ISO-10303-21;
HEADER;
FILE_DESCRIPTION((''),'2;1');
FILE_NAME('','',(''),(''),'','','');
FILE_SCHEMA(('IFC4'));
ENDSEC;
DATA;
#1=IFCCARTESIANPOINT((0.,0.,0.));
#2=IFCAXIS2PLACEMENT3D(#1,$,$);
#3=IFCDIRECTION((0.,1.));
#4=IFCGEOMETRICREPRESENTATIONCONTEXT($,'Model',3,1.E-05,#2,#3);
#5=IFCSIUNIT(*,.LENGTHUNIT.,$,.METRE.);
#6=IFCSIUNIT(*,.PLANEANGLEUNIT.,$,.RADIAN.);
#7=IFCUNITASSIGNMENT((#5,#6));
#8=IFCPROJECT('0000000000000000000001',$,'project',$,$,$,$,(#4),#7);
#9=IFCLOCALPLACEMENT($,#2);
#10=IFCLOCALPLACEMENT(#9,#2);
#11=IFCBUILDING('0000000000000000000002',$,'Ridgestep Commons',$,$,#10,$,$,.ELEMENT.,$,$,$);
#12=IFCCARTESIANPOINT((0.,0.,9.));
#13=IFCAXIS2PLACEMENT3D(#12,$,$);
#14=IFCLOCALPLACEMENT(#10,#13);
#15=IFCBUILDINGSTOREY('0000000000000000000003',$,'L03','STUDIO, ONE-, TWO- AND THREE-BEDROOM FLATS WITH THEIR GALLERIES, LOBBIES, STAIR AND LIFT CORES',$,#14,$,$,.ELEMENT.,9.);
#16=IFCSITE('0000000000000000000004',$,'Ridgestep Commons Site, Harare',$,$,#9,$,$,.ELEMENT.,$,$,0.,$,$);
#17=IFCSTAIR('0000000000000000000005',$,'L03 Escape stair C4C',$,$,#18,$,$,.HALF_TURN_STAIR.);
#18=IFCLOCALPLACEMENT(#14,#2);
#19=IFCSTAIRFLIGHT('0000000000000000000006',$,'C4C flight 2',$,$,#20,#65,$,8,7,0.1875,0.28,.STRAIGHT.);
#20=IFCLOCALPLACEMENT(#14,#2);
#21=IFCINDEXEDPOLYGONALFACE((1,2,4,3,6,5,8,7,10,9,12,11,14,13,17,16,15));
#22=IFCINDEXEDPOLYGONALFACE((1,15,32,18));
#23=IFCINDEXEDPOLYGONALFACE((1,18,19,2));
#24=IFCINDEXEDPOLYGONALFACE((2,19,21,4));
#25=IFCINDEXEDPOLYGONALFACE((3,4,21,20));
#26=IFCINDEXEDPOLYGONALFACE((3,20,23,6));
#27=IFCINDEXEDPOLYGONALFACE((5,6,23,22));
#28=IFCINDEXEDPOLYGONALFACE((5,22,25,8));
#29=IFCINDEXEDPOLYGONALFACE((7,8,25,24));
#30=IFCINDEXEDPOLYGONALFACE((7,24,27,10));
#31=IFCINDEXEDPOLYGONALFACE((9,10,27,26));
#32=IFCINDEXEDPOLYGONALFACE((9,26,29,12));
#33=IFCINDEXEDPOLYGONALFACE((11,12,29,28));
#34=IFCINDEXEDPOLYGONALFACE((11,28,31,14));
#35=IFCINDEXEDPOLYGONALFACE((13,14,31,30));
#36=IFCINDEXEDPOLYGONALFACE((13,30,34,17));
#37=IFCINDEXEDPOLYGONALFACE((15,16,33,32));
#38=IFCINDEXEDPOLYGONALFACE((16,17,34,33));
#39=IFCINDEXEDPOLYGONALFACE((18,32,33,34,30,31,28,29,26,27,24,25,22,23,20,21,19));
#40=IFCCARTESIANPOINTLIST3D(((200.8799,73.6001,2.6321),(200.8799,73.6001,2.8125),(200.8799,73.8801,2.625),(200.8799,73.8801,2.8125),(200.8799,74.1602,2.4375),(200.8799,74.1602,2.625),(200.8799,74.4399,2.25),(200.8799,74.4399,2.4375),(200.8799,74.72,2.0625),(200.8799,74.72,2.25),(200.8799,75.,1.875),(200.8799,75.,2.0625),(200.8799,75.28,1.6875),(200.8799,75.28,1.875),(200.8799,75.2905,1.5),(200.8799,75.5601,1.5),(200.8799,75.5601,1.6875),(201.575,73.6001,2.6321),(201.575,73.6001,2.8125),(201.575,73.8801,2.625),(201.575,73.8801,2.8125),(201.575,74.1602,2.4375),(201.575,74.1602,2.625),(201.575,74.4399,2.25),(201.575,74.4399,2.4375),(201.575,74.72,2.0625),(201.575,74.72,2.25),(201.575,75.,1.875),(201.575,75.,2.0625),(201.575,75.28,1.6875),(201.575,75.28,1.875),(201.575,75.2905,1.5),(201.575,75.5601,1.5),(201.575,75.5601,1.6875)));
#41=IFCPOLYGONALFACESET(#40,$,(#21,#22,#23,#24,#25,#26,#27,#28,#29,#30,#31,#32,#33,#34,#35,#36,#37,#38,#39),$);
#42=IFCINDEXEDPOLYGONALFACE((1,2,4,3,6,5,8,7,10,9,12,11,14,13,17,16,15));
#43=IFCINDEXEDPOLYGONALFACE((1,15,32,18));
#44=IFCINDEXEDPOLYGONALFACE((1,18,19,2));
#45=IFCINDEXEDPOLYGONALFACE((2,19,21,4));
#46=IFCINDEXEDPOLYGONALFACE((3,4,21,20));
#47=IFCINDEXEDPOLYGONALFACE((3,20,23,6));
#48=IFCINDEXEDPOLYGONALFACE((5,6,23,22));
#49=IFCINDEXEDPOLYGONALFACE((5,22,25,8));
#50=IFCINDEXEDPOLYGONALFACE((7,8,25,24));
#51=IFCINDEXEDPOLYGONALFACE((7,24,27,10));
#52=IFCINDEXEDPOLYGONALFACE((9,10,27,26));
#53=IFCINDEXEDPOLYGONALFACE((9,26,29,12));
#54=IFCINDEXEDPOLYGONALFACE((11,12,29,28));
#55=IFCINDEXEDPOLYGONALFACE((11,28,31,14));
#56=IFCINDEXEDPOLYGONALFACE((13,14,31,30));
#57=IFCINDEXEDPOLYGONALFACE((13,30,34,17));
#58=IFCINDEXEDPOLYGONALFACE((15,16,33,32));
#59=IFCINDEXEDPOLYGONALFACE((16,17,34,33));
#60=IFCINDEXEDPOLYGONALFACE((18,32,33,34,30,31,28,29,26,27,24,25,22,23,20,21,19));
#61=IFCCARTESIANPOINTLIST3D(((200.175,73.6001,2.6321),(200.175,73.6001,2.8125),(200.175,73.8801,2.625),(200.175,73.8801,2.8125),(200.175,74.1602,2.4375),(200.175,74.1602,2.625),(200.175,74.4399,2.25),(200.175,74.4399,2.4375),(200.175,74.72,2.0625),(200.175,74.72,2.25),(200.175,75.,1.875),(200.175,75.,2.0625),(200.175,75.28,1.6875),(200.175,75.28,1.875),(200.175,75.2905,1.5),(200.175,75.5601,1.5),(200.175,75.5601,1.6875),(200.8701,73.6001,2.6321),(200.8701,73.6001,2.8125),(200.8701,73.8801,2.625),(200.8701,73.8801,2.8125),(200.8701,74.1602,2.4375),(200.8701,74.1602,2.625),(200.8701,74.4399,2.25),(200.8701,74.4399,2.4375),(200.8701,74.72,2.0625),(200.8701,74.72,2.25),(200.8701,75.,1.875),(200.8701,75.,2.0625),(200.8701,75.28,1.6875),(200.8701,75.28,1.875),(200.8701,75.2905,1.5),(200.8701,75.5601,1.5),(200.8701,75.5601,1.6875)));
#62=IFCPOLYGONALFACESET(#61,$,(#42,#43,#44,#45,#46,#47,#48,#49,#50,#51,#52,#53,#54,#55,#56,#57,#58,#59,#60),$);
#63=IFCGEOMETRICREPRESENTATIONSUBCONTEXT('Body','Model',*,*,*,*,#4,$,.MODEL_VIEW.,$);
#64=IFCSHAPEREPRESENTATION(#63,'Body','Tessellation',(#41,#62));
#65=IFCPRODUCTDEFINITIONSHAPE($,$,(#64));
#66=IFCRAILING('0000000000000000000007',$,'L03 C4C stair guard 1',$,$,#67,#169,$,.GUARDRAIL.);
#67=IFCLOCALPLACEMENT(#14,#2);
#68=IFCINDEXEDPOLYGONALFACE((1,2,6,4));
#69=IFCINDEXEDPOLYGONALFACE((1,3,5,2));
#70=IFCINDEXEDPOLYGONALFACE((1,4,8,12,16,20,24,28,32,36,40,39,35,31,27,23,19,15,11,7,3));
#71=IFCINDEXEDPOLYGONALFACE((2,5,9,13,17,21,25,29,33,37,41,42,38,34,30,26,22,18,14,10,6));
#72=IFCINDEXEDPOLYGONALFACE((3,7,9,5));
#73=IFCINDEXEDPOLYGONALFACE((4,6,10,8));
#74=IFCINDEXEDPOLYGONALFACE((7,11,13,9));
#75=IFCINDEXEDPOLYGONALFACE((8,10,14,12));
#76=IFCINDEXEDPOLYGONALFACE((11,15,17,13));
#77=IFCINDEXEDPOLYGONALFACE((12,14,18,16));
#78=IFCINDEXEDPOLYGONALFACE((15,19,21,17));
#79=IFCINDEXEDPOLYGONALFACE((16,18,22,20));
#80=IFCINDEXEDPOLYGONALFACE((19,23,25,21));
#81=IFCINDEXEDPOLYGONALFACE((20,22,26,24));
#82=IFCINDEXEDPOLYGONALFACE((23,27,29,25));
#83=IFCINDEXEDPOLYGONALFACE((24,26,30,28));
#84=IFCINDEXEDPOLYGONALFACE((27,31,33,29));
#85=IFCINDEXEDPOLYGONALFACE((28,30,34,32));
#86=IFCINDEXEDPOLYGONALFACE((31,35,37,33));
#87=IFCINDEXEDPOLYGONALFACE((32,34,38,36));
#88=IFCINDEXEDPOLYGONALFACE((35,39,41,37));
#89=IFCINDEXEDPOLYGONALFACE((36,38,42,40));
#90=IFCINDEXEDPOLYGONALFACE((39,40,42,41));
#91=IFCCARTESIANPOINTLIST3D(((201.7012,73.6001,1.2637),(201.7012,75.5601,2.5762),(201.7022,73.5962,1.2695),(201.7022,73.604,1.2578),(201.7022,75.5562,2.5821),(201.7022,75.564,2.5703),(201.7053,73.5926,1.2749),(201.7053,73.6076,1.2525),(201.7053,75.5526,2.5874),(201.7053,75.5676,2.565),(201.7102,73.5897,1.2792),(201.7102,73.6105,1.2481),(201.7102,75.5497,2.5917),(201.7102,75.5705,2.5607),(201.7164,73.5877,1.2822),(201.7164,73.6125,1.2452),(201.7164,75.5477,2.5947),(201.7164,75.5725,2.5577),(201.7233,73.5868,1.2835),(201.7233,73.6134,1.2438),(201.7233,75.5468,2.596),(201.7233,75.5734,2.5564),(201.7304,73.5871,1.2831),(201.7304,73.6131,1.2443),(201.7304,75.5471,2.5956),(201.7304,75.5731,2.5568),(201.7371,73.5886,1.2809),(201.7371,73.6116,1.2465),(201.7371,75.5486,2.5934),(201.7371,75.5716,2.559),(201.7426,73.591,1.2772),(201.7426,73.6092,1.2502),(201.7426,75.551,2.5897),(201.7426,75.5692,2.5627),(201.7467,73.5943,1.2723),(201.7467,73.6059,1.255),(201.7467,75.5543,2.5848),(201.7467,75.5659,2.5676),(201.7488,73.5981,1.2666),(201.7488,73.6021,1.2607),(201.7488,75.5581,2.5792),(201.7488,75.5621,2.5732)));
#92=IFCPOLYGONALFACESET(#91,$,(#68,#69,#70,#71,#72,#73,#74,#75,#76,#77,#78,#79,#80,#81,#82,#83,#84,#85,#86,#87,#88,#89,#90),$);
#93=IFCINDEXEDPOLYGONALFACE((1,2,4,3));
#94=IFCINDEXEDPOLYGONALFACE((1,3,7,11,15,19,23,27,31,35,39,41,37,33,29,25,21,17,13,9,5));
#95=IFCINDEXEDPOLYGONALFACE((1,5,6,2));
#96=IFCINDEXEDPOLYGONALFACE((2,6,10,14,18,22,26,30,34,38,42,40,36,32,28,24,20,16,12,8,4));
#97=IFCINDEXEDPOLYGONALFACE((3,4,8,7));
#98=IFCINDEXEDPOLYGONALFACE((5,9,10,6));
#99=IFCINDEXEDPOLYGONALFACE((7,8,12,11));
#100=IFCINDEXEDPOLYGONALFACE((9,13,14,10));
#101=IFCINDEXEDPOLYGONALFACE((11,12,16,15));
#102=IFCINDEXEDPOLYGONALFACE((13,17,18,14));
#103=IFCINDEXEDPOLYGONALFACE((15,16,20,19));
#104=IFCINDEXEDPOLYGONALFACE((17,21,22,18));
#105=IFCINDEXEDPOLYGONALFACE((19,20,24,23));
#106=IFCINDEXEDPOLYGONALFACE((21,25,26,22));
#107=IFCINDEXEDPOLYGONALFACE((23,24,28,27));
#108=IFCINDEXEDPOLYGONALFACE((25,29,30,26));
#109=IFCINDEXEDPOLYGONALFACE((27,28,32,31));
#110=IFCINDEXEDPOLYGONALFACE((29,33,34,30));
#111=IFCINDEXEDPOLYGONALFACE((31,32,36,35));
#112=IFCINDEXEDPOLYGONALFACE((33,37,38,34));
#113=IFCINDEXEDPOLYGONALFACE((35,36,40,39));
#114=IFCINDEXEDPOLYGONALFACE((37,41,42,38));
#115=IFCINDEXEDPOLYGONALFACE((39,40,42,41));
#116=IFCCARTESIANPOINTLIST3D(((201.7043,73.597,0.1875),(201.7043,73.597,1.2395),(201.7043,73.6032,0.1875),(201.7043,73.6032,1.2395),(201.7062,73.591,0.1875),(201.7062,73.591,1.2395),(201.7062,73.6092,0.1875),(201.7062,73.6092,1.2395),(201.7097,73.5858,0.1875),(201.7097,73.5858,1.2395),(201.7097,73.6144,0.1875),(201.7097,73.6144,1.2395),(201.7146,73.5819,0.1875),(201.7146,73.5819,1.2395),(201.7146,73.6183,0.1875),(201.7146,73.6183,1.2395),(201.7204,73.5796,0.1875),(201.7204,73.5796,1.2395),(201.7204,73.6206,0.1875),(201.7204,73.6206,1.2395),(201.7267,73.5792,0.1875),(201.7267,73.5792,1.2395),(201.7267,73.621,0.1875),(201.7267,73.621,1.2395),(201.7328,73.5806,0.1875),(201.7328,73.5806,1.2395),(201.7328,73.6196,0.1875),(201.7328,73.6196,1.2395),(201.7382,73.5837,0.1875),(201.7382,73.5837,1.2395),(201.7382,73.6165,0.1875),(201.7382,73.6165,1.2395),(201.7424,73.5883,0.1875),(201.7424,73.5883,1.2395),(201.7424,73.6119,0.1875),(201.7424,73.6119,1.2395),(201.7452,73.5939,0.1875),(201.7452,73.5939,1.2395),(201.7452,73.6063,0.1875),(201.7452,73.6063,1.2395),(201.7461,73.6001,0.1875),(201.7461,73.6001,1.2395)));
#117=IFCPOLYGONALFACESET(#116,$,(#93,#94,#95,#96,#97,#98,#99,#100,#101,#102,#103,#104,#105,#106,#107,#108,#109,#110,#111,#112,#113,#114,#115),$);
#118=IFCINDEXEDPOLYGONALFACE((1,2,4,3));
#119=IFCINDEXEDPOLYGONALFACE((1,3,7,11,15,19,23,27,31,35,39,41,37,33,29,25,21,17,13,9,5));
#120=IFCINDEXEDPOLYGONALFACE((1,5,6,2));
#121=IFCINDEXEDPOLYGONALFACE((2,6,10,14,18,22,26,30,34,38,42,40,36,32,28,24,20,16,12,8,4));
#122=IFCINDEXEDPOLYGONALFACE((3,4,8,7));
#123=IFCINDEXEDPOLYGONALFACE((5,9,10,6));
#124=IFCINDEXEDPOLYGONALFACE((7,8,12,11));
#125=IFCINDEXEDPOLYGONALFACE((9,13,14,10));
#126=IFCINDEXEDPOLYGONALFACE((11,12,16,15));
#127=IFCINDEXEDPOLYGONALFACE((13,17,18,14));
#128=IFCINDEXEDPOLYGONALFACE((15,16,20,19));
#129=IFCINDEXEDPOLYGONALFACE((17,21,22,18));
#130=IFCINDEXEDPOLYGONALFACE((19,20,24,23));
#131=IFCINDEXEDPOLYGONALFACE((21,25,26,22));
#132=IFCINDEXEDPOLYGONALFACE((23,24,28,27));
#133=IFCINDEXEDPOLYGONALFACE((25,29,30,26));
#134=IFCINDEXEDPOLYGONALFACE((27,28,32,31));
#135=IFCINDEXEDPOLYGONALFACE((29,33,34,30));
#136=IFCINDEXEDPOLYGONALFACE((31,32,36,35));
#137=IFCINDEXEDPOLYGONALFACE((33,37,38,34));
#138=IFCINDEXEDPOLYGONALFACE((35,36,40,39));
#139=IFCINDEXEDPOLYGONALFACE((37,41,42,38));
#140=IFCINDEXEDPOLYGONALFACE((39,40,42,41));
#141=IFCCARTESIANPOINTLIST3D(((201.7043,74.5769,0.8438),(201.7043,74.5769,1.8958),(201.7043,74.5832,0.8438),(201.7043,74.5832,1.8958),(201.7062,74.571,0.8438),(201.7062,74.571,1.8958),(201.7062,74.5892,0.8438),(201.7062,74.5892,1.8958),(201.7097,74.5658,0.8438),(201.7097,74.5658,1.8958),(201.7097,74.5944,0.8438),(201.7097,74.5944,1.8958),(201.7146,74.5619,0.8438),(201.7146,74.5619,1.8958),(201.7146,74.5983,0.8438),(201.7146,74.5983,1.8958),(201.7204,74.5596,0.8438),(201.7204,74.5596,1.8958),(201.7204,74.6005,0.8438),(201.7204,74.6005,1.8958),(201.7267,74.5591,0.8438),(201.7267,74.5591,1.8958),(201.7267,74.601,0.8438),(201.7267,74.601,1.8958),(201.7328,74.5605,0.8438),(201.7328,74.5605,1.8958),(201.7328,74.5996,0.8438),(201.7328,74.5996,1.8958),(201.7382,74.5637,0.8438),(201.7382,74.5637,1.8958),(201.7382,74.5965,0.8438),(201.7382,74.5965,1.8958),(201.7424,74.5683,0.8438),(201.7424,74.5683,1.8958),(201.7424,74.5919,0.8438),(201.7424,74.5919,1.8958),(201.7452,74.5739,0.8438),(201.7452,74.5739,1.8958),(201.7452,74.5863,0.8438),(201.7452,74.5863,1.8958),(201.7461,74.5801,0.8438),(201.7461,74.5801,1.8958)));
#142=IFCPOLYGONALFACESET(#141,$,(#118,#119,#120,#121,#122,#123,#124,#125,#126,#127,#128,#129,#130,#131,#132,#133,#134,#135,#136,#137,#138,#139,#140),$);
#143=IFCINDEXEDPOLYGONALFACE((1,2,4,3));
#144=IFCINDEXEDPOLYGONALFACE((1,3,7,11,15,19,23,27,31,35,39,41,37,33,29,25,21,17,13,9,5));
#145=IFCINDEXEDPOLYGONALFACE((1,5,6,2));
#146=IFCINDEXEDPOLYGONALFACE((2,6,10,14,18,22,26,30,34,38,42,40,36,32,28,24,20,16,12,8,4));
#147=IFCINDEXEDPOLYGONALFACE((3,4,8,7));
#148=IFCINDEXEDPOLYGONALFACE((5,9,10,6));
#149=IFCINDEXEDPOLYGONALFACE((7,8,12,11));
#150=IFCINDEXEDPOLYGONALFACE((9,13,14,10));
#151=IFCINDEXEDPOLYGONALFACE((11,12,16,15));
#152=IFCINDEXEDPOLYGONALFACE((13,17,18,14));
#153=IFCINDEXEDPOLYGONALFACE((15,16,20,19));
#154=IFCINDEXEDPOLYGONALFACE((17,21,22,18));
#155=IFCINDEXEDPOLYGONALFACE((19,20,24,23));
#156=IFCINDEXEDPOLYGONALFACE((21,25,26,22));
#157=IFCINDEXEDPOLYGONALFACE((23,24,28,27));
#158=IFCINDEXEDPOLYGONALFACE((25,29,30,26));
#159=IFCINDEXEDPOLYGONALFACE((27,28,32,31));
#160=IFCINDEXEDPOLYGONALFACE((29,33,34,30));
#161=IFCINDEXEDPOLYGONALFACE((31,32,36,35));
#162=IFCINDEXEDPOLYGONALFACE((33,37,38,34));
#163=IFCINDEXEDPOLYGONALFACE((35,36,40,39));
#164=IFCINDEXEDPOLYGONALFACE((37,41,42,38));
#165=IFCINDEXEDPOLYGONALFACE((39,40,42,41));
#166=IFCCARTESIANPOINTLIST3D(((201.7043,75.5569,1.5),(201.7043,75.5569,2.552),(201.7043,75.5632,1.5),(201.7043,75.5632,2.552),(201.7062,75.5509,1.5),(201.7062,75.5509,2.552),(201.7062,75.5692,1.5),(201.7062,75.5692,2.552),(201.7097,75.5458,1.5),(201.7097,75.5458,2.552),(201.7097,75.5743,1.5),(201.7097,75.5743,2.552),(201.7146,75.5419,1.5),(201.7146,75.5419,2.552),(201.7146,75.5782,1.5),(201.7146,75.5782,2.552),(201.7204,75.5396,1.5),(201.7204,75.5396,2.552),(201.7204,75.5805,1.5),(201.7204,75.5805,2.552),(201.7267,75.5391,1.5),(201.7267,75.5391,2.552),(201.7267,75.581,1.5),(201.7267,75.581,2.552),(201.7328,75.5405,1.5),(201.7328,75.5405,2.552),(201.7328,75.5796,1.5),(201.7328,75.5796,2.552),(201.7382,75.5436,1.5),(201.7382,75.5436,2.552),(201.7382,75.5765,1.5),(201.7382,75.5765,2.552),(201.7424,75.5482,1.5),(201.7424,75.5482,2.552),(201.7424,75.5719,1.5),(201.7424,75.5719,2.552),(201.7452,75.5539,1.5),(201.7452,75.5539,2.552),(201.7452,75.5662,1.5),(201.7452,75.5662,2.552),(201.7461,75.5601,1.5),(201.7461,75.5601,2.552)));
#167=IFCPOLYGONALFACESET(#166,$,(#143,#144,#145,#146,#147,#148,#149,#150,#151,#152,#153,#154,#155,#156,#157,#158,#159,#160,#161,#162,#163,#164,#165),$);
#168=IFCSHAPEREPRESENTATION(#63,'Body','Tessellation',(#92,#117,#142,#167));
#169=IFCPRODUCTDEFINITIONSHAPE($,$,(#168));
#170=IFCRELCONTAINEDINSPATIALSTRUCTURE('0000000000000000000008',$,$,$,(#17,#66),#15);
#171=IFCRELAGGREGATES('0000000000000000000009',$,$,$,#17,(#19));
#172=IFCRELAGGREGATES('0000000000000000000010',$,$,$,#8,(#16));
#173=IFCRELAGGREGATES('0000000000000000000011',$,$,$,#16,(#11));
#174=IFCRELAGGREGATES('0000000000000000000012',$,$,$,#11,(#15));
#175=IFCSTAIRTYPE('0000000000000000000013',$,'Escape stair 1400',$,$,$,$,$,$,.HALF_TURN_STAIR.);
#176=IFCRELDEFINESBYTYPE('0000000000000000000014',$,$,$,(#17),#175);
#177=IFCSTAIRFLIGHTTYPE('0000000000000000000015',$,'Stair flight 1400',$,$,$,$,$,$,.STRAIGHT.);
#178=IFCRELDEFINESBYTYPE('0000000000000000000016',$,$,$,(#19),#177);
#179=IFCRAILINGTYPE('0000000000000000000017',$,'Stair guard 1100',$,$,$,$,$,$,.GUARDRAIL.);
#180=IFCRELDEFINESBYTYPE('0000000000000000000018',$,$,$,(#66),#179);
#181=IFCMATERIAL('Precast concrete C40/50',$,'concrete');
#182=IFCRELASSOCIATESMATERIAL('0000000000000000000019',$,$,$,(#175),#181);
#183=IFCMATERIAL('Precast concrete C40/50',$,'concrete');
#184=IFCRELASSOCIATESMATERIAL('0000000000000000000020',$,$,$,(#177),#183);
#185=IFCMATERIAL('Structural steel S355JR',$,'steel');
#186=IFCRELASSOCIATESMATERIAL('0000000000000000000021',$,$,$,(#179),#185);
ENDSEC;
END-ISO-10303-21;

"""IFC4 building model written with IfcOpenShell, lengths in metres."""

from ifc_helpers import new_model, si_unit, direction, frame, origin, origin_2d, place, context, subcontext, project, spatial, polyline, circle, outline, extrude, material, type_object, element, aggregate, save


model = new_model("IFC4")

# Units and contexts
model_context = context("Model", 3, precision=1e-05, world=origin(), true_north=direction((0.0, 1.0)))
body_context = subcontext(model_context, "Body", "Model", "MODEL_VIEW")
ifc_project = project(units=[si_unit("LENGTHUNIT", "METRE"), si_unit("PLANEANGLEUNIT", "RADIAN")], contexts=[model_context])

# Site, building, storey
site_placement = place(None, origin())
site = spatial("IfcSite", under=ifc_project, at=site_placement, Name="Ridgestep Commons Site, Harare", CompositionType="ELEMENT", RefElevation=0.0)
building_placement = place(site_placement, origin())
building = spatial("IfcBuilding", under=site, at=building_placement, Name="Ridgestep Commons", CompositionType="ELEMENT")
storey_placement = place(building_placement, frame((0.0, 0.0, 9.0)))
storey = spatial("IfcBuildingStorey", under=building, at=storey_placement, Name="L03", Description="STUDIO, ONE-, TWO- AND THREE-BEDROOM FLATS WITH THEIR GALLERIES, LOBBIES, STAIR AND LIFT CORES", CompositionType="ELEMENT", Elevation=9.0)

# Stair, stair flight
ifc_material_1 = material(Name="Precast concrete C40/50", Category="concrete")
stair_type = type_object("IfcStairType", Name="Escape stair 1400", PredefinedType="HALF_TURN_STAIR", material=ifc_material_1)
stair_placement = place(storey_placement, origin())
stair = element("IfcStair", 1, at=stair_placement, inside=storey, type_object=stair_type, Name="L03 Escape stair C4C", PredefinedType="HALF_TURN_STAIR")
ifc_material_2 = material(Name="Precast concrete C40/50", Category="concrete")
stair_flight_type = type_object("IfcStairFlightType", Name="Stair flight 1400", PredefinedType="STRAIGHT", material=ifc_material_2)
stair_flight_1_placement = place(storey_placement, frame((200.875, 75.5601, 1.5), z_axis=(0.0, 0.0, 1.0), x_axis=(0.0, -1.0, 0.0)))
stair_flight_1 = element("IfcStairFlight", 2, at=stair_flight_1_placement, type_object=stair_flight_type, Name="C4C flight 2", NumberOfRisers=8, NumberOfTreads=7, PredefinedType="STRAIGHT", RiserHeight=0.1875, TreadLength=0.28, context=body_context, shape_type="SweptSolid", body=[
    extrude(outline(polyline([(0.0, 0.0), (0.0, 0.1875), (0.28, 0.1875), (0.28, 0.375), (0.5601, 0.375), (0.5601, 0.5625), (0.8401, 0.5625), (0.8401, 0.75), (1.1201, 0.75), (1.1201, 0.9375), (1.3999, 0.9375), (1.3999, 1.125), (1.6799, 1.125), (1.6799, 1.3125), (1.96, 1.3125), (1.96, 1.5), (1.96, 1.1321), (0.2695, 0.0), (0.0, 0.0)])), frame((0.0, 0.7, 0.0), z_axis=(0.0, -1.0, 0.0), x_axis=(1.0, 0.0, 0.0)), (0.0, 0.0, 1.0), 0.6951),
    extrude(outline(polyline([(0.0, 0.0), (0.0, 0.1875), (0.28, 0.1875), (0.28, 0.375), (0.5601, 0.375), (0.5601, 0.5625), (0.8401, 0.5625), (0.8401, 0.75), (1.1201, 0.75), (1.1201, 0.9375), (1.3999, 0.9375), (1.3999, 1.125), (1.6799, 1.125), (1.6799, 1.3125), (1.96, 1.3125), (1.96, 1.5), (1.96, 1.1321), (0.2695, 0.0), (0.0, 0.0)])), frame((0.0, -0.0049, 0.0), z_axis=(0.0, -1.0, 0.0), x_axis=(1.0, 0.0, 0.0)), (0.0, 0.0, 1.0), 0.6951),
])
aggregate(stair, [stair_flight_1])

# Railing
ifc_material_3 = material(Name="Structural steel S355JR", Category="steel")
railing_type_1 = type_object("IfcRailingType", Name="Stair guard 1100", PredefinedType="GUARDRAIL", material=ifc_material_3)
railing_1_placement = place(storey_placement, frame((201.7251, 73.6001, 0.1875)))
element("IfcRailing", 3, at=railing_1_placement, inside=storey, type_object=railing_type_1, Name="L03 C4C stair guard 1", PredefinedType="GUARDRAIL", context=body_context, shape_type="SweptSolid", body=[
    extrude(circle(Radius=0.0239, at=origin_2d()), frame((0.0, 0.0, 1.0762), z_axis=(0.0, 0.830902, 0.556419), x_axis=(-1.0, 0.0, 0.0)), (0.0, 0.0, 1.0), 2.3589),
    extrude(circle(Radius=0.021, at=origin_2d()), origin(), (0.0, 0.0, 1.0), 1.052),
    extrude(circle(Radius=0.021, at=origin_2d()), frame((0.0, 0.98, 0.6562)), (0.0, 0.0, 1.0), 1.052),
    extrude(circle(Radius=0.021, at=origin_2d()), frame((0.0, 1.96, 1.3125)), (0.0, 0.0, 1.0), 1.052),
])

save(model, "model.ifc")
